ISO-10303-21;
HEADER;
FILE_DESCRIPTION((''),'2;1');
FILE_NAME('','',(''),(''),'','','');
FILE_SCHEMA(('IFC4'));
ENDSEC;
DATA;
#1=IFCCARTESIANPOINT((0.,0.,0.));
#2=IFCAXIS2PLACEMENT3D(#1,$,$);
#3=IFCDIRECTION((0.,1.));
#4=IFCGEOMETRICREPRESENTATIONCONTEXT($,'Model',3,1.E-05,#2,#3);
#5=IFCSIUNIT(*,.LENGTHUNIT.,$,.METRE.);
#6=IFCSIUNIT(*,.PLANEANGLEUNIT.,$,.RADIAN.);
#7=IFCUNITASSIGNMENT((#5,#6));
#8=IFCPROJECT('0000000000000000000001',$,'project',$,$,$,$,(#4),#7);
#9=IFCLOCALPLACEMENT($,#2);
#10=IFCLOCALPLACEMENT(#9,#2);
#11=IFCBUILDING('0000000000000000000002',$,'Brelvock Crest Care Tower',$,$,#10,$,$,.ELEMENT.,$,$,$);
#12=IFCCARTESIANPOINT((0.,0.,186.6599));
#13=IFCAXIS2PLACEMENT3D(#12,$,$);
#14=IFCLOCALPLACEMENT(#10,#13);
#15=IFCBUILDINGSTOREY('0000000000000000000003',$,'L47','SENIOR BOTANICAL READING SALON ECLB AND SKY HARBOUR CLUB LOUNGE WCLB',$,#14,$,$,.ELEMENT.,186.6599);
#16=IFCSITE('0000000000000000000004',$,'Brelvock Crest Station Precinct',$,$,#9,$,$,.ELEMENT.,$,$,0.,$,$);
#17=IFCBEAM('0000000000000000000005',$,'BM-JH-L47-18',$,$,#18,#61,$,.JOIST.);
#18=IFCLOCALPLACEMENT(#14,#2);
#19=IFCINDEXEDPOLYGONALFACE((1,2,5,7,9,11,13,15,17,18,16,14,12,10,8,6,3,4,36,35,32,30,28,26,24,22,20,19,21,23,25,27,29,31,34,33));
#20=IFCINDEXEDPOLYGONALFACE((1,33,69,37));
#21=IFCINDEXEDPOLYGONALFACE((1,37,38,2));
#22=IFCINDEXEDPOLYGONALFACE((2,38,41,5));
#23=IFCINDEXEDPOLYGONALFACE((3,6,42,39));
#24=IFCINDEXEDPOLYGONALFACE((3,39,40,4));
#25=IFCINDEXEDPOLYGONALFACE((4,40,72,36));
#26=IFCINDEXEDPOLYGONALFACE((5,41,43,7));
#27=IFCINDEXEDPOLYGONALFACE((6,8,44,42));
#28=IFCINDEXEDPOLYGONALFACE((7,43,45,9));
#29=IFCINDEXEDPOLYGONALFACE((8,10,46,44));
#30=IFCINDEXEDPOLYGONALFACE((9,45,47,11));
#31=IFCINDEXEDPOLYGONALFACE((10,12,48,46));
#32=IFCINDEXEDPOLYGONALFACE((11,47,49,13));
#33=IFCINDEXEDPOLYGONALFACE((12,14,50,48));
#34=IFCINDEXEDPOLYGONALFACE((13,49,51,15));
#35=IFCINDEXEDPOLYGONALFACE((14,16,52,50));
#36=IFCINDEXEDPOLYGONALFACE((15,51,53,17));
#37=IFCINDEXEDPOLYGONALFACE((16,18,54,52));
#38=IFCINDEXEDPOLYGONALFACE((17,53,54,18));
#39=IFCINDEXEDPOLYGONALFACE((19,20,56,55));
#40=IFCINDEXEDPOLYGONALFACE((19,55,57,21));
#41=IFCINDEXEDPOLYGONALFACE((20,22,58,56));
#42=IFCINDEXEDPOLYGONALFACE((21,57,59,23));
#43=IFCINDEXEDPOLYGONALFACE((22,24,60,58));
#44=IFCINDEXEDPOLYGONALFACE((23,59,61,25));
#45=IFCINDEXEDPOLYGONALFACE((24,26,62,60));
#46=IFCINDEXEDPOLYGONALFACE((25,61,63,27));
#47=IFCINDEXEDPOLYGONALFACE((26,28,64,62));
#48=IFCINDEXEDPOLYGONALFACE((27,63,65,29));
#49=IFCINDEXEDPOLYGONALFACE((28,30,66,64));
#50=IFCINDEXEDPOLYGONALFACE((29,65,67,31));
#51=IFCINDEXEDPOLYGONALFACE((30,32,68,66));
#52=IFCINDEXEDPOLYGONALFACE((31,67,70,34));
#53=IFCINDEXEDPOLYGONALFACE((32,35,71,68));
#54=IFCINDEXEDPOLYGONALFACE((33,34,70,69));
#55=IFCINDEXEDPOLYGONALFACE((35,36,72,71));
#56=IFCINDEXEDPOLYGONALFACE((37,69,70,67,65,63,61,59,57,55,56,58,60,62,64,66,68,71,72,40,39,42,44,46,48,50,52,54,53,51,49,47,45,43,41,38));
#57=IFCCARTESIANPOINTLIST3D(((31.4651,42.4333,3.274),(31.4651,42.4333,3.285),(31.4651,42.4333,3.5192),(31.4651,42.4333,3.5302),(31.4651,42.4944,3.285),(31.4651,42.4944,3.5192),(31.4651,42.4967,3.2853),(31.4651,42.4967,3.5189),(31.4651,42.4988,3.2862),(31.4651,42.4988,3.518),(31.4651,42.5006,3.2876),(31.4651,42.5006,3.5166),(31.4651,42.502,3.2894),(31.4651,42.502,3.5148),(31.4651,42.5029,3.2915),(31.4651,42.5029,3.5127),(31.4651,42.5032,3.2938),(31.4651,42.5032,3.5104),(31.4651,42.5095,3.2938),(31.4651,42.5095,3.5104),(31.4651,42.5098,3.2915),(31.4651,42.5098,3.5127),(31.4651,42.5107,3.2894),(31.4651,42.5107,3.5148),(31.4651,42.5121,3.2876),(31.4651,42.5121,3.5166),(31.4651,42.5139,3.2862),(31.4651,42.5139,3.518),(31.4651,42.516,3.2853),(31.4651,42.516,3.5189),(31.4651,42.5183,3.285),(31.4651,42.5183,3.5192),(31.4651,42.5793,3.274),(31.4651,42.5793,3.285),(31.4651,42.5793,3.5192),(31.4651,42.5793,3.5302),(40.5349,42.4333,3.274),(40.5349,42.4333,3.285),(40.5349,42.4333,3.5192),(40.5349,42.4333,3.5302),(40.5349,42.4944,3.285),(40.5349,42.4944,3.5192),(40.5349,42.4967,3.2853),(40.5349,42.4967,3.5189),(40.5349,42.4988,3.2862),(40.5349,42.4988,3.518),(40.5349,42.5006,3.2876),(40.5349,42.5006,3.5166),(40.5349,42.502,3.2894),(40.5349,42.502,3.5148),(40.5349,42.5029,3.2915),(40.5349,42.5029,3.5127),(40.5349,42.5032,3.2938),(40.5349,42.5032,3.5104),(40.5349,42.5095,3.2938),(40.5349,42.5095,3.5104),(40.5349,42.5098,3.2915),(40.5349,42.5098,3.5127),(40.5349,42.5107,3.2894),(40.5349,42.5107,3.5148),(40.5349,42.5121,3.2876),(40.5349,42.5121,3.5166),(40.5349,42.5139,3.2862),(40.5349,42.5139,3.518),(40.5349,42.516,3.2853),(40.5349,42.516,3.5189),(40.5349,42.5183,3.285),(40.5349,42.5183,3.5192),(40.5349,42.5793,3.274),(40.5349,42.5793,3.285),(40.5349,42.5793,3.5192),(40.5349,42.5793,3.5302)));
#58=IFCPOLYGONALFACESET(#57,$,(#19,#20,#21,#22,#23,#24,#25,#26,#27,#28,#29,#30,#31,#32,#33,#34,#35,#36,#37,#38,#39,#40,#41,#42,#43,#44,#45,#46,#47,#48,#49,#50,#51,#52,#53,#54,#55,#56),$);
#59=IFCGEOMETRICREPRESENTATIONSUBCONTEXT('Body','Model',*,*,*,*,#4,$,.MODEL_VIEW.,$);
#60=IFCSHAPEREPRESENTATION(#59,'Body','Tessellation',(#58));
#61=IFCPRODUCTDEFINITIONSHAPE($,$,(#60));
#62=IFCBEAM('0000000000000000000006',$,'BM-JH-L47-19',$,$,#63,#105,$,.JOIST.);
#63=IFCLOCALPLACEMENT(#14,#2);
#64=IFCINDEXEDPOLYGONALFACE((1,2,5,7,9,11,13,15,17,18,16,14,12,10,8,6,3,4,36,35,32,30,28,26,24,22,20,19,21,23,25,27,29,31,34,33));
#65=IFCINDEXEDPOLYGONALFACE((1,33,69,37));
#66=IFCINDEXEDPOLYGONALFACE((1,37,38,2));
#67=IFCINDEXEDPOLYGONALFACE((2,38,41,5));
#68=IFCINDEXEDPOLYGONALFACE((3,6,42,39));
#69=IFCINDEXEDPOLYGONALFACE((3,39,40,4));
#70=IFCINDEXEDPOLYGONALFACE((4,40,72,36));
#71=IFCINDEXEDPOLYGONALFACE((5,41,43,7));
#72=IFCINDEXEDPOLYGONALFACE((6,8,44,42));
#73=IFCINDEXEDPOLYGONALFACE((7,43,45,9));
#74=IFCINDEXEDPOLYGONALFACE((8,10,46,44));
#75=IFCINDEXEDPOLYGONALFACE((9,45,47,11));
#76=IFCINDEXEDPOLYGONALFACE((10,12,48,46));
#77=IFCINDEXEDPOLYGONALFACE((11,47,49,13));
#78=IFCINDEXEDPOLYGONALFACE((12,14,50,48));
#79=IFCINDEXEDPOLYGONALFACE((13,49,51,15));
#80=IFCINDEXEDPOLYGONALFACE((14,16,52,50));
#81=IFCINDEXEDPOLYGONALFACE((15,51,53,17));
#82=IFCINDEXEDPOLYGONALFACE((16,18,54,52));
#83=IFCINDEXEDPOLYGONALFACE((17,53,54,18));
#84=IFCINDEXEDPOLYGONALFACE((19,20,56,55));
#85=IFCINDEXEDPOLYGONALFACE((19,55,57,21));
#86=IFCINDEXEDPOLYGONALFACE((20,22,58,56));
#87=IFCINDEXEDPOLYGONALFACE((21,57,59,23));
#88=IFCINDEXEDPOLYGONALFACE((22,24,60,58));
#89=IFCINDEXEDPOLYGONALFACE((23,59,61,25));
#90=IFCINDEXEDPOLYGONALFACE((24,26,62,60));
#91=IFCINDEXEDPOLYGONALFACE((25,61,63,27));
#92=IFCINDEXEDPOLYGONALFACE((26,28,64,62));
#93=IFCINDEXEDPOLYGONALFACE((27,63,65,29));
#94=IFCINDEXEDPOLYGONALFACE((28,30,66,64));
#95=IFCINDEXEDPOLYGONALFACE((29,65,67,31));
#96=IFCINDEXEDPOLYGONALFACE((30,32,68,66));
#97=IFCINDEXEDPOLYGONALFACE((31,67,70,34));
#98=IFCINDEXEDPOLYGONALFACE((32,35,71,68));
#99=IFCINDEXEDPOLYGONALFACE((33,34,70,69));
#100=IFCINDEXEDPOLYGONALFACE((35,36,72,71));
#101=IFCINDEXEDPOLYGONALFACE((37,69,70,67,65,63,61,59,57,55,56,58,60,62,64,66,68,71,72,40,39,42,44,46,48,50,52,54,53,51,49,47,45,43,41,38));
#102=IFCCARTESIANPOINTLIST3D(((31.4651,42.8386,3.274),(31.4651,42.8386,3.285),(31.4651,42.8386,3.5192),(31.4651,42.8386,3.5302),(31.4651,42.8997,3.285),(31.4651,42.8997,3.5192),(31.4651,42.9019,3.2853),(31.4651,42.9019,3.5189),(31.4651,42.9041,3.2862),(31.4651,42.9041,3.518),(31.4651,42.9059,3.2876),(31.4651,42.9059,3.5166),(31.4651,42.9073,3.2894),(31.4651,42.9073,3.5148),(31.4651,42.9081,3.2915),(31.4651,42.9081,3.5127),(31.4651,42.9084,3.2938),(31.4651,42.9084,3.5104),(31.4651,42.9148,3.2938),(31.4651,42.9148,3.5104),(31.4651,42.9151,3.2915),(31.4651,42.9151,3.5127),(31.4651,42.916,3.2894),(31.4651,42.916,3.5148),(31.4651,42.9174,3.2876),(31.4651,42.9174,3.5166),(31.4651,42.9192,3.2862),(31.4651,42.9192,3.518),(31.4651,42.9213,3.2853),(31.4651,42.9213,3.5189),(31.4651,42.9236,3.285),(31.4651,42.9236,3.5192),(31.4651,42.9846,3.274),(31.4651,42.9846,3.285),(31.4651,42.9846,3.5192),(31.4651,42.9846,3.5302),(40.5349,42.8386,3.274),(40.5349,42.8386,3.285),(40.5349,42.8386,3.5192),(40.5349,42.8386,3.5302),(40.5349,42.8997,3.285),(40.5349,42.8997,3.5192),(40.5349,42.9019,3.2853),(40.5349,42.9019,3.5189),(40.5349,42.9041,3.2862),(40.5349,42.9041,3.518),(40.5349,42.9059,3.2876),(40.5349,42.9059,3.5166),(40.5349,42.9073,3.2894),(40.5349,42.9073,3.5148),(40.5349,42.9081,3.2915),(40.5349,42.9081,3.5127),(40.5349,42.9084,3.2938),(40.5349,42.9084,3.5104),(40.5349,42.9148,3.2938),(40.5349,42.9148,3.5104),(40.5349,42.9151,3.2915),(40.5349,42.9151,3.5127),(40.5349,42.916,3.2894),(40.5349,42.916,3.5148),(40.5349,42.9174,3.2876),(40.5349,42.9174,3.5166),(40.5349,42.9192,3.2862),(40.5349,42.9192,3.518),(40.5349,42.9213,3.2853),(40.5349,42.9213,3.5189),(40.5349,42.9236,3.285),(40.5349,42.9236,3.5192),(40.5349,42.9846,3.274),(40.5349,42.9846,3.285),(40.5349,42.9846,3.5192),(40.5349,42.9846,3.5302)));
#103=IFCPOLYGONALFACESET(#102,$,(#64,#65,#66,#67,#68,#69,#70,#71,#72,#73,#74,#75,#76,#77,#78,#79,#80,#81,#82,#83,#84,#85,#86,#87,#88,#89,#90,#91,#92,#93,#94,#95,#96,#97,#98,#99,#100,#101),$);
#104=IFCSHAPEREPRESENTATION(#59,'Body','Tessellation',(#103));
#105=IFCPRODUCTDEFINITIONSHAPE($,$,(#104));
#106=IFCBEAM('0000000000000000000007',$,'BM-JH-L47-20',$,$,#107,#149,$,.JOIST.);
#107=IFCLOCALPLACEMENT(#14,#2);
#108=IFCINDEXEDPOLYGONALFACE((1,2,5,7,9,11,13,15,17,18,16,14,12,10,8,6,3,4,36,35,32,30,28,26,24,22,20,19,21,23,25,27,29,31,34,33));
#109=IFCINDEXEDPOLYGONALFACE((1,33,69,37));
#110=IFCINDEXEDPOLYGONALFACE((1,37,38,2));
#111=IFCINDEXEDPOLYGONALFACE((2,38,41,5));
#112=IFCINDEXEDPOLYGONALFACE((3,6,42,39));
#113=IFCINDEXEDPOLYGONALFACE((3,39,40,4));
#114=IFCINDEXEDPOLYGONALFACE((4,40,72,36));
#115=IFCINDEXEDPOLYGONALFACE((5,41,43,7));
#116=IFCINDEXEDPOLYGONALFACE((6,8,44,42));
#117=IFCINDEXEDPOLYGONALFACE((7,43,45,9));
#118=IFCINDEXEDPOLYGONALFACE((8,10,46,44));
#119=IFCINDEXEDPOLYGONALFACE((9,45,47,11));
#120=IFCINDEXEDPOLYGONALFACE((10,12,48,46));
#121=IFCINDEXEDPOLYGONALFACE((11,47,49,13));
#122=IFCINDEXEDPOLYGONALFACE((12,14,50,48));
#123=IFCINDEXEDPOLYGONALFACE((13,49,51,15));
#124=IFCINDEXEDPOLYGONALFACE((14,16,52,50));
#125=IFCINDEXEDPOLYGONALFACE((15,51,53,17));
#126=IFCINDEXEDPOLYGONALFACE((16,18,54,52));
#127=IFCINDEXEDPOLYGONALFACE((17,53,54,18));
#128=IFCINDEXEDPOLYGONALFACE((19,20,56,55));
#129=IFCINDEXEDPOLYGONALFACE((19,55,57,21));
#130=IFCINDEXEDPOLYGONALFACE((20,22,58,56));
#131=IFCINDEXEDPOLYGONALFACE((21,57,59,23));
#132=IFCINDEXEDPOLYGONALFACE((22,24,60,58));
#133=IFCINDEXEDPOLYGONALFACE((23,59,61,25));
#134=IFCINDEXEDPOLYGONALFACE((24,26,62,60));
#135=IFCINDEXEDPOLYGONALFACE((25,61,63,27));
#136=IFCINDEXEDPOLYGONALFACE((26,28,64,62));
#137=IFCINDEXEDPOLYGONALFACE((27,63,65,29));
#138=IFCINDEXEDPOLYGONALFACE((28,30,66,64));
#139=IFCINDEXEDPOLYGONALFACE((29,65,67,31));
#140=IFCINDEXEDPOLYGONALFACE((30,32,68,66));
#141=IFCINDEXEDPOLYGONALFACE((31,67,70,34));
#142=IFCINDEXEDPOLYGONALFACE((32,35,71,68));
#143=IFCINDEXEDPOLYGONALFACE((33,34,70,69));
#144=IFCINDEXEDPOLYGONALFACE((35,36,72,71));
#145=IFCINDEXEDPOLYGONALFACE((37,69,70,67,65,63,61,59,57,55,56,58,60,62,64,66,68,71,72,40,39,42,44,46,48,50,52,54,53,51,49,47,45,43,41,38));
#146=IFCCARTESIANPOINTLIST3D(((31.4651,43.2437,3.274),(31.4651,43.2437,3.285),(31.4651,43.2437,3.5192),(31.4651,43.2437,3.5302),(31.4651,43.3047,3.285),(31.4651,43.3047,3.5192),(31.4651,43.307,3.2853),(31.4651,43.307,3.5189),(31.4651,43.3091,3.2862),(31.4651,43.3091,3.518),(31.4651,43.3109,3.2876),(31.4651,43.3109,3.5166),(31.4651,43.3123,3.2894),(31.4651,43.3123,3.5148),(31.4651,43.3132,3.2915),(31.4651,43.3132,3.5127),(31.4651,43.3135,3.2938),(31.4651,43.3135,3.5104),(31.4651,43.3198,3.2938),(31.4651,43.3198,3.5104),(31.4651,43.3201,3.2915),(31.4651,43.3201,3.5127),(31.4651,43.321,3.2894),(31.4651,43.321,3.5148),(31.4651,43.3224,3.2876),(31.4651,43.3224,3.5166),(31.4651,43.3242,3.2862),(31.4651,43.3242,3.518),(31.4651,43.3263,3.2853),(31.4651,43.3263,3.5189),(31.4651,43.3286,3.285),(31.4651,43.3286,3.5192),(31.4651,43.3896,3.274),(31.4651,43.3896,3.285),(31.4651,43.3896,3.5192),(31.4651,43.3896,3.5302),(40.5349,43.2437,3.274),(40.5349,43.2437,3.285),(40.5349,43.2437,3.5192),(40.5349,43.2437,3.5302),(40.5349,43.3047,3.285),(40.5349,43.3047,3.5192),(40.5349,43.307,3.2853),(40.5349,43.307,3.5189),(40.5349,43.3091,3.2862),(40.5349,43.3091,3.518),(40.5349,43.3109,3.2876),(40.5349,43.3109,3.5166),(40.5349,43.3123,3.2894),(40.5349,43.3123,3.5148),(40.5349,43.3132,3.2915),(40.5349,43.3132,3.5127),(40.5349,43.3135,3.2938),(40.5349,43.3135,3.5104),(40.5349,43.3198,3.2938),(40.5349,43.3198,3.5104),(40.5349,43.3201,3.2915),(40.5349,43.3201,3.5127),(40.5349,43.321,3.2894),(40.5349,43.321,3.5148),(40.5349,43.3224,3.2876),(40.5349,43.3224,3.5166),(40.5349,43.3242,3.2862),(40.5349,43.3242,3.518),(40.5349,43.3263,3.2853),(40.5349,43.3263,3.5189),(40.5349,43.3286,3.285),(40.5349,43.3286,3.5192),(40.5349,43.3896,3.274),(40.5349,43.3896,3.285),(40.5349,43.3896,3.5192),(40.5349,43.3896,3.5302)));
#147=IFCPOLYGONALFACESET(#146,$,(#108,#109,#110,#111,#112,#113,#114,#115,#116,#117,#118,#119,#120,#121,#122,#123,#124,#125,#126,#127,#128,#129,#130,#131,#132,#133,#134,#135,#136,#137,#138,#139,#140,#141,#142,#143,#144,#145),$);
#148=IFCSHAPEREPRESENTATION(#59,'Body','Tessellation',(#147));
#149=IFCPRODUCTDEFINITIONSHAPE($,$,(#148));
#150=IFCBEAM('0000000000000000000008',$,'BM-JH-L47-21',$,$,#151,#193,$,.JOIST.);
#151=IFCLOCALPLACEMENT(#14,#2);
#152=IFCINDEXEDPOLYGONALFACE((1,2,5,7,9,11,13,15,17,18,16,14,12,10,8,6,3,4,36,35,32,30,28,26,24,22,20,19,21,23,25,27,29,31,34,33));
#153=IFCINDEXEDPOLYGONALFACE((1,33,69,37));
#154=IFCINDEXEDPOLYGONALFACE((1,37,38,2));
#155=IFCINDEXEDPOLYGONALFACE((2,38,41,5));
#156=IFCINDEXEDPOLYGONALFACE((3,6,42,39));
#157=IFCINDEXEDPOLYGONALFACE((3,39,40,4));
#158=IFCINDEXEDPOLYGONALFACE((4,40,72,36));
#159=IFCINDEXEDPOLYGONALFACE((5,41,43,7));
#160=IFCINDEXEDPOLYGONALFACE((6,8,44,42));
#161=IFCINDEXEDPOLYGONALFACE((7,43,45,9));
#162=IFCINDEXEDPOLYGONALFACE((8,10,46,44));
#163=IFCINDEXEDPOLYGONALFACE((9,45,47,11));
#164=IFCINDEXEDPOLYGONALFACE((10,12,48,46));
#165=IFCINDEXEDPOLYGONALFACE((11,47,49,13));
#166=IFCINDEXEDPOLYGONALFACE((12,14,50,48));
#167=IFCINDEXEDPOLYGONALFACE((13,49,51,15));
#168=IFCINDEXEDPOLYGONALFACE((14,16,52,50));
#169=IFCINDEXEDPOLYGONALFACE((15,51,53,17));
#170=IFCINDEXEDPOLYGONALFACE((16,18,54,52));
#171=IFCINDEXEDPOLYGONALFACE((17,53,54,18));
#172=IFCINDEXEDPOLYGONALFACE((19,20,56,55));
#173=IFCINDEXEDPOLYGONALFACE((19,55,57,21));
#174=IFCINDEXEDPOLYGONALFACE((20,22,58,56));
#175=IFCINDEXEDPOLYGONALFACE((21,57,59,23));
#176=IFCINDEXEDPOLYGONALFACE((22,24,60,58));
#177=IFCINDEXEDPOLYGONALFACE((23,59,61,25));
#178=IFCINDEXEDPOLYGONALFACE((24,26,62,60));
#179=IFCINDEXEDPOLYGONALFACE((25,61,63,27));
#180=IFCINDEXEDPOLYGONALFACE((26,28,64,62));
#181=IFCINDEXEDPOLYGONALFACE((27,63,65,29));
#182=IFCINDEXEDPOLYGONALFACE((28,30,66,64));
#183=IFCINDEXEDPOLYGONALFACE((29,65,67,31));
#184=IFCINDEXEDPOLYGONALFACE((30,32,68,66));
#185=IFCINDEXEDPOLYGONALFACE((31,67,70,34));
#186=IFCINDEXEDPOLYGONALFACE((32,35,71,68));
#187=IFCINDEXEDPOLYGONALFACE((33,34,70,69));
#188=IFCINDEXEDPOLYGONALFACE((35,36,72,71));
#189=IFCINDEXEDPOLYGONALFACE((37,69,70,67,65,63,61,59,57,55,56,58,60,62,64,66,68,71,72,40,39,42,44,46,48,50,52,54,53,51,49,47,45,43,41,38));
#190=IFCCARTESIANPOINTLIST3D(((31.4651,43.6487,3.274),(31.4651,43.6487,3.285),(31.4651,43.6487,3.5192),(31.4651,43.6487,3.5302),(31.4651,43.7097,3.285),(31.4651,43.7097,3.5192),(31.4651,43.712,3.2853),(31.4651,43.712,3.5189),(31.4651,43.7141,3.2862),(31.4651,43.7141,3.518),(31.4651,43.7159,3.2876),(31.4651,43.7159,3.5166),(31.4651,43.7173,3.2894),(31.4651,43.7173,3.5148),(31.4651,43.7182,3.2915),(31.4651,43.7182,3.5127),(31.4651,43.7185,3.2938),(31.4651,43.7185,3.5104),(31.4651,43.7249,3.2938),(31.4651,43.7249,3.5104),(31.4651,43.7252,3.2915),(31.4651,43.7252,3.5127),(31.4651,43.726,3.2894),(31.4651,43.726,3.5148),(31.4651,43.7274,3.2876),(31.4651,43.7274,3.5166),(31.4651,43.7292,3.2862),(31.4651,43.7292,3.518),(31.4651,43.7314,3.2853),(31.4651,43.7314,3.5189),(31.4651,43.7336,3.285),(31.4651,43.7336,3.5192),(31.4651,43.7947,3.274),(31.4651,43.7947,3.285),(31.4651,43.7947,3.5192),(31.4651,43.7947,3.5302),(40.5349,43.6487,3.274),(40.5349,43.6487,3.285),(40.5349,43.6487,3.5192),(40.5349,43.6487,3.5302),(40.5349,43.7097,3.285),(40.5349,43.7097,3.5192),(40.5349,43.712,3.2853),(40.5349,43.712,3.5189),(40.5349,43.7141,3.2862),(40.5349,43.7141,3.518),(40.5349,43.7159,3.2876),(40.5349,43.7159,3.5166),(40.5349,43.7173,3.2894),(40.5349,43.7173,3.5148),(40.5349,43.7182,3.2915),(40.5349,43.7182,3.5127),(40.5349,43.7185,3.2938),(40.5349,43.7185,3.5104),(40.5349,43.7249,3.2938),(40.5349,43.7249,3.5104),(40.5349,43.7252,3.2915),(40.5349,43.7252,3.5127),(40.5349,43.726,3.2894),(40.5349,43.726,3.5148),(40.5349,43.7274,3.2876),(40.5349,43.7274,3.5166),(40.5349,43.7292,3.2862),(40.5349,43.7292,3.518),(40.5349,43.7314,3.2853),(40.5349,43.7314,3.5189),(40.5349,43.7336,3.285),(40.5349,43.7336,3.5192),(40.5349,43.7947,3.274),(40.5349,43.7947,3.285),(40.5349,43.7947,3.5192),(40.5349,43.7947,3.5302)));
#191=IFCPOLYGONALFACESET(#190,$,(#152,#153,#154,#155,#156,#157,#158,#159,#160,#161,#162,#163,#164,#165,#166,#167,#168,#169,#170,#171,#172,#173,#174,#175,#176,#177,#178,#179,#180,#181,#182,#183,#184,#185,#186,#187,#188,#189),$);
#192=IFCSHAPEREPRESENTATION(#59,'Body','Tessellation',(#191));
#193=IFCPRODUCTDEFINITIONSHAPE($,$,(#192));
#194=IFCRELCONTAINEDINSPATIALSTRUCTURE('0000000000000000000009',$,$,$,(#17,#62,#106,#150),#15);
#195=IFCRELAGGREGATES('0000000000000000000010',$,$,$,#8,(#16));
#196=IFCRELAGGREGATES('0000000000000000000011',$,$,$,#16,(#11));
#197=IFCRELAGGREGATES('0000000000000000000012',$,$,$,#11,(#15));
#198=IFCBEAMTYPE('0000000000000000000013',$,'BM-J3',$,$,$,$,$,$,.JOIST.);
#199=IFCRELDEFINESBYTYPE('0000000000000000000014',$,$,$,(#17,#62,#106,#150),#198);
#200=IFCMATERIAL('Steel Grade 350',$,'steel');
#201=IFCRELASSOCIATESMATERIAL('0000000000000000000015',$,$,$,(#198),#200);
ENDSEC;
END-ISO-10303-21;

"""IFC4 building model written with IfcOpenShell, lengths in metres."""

from ifc_helpers import new_model, si_unit, direction, frame, origin, origin_2d, place, context, subcontext, project, spatial, i_section, extrude, source, transform, mapped, material, material_profile, profile_set, type_object, element, save


model = new_model("IFC4")

# Units and contexts
model_context = context("Model", 3, precision=1e-05, world=origin(), true_north=direction((0.0, 1.0)))
body_context = subcontext(model_context, "Body", "Model", "MODEL_VIEW")
ifc_project = project(units=[si_unit("LENGTHUNIT", "METRE"), si_unit("PLANEANGLEUNIT", "RADIAN")], contexts=[model_context])

# Site, building, storey
site_placement = place(None, origin())
site = spatial("IfcSite", under=ifc_project, at=site_placement, Name="Brelvock Crest Station Precinct", CompositionType="ELEMENT", RefElevation=0.0)
building_placement = place(site_placement, origin())
building = spatial("IfcBuilding", under=site, at=building_placement, Name="Brelvock Crest Care Tower", CompositionType="ELEMENT")
storey_placement = place(building_placement, frame((0.0, 0.0, 186.6599)))
storey = spatial("IfcBuildingStorey", under=building, at=storey_placement, Name="L47", Description="SENIOR BOTANICAL READING SALON ECLB AND SKY HARBOUR CLUB LOUNGE WCLB", CompositionType="ELEMENT", Elevation=186.6599)

# Beams
ifc_material = material(Name="Steel Grade 350", Category="steel")
ifc_material_profile_1 = material_profile(ifc_material, i_section(OverallWidth=0.146, OverallDepth=0.2561, WebThickness=0.0063, FlangeThickness=0.011, FilletRadius=0.0088, at=origin_2d()), Name="250UB37.3")
ifc_profile_set_1 = profile_set([ifc_material_profile_1], Name="Steel Grade 350")
beam_type_1 = type_object("IfcBeamType", Name="BM-J3", PredefinedType="JOIST", material=ifc_profile_set_1)
shared_shape_1 = source(origin(), body_context, "Body", "SweptSolid", [
    extrude(i_section(OverallWidth=0.146, OverallDepth=0.2561, WebThickness=0.0063, FlangeThickness=0.011, FilletRadius=0.0088, at=origin_2d()), origin(), (0.0, 0.0, 1.0), 9.0698),
])
for number, where, z_axis, x_axis, name in (
    (1, (31.4651, 42.5063, 3.4021), (1.0, 0.0, 0.0), (0.0, 1.0, 0.0), "BM-JH-L47-18"),
    (2, (31.4651, 42.9116, 3.4021), (1.0, 0.0, 0.0), (0.0, 1.0, 0.0), "BM-JH-L47-19"),
    (3, (31.4651, 43.3167, 3.4021), (1.0, 0.0, 0.0), (0.0, 1.0, 0.0), "BM-JH-L47-20"),
    (4, (31.4651, 43.7217, 3.4021), (1.0, 0.0, 0.0), (0.0, 1.0, 0.0), "BM-JH-L47-21"),
):
    element("IfcBeam", number, at=place(storey_placement, frame(where, z_axis=z_axis, x_axis=x_axis)), inside=storey, type_object=beam_type_1, Name=name, PredefinedType="JOIST", context=body_context, shape_type="MappedRepresentation", body=[
        mapped(shared_shape_1, transform((0.0, 0.0, 0.0), x_axis=(1.0, 0.0, 0.0), y_axis=(0.0, 1.0, 0.0), z_axis=(0.0, 0.0, 1.0), scale=1.0)),
    ])

save(model, "model.ifc")
